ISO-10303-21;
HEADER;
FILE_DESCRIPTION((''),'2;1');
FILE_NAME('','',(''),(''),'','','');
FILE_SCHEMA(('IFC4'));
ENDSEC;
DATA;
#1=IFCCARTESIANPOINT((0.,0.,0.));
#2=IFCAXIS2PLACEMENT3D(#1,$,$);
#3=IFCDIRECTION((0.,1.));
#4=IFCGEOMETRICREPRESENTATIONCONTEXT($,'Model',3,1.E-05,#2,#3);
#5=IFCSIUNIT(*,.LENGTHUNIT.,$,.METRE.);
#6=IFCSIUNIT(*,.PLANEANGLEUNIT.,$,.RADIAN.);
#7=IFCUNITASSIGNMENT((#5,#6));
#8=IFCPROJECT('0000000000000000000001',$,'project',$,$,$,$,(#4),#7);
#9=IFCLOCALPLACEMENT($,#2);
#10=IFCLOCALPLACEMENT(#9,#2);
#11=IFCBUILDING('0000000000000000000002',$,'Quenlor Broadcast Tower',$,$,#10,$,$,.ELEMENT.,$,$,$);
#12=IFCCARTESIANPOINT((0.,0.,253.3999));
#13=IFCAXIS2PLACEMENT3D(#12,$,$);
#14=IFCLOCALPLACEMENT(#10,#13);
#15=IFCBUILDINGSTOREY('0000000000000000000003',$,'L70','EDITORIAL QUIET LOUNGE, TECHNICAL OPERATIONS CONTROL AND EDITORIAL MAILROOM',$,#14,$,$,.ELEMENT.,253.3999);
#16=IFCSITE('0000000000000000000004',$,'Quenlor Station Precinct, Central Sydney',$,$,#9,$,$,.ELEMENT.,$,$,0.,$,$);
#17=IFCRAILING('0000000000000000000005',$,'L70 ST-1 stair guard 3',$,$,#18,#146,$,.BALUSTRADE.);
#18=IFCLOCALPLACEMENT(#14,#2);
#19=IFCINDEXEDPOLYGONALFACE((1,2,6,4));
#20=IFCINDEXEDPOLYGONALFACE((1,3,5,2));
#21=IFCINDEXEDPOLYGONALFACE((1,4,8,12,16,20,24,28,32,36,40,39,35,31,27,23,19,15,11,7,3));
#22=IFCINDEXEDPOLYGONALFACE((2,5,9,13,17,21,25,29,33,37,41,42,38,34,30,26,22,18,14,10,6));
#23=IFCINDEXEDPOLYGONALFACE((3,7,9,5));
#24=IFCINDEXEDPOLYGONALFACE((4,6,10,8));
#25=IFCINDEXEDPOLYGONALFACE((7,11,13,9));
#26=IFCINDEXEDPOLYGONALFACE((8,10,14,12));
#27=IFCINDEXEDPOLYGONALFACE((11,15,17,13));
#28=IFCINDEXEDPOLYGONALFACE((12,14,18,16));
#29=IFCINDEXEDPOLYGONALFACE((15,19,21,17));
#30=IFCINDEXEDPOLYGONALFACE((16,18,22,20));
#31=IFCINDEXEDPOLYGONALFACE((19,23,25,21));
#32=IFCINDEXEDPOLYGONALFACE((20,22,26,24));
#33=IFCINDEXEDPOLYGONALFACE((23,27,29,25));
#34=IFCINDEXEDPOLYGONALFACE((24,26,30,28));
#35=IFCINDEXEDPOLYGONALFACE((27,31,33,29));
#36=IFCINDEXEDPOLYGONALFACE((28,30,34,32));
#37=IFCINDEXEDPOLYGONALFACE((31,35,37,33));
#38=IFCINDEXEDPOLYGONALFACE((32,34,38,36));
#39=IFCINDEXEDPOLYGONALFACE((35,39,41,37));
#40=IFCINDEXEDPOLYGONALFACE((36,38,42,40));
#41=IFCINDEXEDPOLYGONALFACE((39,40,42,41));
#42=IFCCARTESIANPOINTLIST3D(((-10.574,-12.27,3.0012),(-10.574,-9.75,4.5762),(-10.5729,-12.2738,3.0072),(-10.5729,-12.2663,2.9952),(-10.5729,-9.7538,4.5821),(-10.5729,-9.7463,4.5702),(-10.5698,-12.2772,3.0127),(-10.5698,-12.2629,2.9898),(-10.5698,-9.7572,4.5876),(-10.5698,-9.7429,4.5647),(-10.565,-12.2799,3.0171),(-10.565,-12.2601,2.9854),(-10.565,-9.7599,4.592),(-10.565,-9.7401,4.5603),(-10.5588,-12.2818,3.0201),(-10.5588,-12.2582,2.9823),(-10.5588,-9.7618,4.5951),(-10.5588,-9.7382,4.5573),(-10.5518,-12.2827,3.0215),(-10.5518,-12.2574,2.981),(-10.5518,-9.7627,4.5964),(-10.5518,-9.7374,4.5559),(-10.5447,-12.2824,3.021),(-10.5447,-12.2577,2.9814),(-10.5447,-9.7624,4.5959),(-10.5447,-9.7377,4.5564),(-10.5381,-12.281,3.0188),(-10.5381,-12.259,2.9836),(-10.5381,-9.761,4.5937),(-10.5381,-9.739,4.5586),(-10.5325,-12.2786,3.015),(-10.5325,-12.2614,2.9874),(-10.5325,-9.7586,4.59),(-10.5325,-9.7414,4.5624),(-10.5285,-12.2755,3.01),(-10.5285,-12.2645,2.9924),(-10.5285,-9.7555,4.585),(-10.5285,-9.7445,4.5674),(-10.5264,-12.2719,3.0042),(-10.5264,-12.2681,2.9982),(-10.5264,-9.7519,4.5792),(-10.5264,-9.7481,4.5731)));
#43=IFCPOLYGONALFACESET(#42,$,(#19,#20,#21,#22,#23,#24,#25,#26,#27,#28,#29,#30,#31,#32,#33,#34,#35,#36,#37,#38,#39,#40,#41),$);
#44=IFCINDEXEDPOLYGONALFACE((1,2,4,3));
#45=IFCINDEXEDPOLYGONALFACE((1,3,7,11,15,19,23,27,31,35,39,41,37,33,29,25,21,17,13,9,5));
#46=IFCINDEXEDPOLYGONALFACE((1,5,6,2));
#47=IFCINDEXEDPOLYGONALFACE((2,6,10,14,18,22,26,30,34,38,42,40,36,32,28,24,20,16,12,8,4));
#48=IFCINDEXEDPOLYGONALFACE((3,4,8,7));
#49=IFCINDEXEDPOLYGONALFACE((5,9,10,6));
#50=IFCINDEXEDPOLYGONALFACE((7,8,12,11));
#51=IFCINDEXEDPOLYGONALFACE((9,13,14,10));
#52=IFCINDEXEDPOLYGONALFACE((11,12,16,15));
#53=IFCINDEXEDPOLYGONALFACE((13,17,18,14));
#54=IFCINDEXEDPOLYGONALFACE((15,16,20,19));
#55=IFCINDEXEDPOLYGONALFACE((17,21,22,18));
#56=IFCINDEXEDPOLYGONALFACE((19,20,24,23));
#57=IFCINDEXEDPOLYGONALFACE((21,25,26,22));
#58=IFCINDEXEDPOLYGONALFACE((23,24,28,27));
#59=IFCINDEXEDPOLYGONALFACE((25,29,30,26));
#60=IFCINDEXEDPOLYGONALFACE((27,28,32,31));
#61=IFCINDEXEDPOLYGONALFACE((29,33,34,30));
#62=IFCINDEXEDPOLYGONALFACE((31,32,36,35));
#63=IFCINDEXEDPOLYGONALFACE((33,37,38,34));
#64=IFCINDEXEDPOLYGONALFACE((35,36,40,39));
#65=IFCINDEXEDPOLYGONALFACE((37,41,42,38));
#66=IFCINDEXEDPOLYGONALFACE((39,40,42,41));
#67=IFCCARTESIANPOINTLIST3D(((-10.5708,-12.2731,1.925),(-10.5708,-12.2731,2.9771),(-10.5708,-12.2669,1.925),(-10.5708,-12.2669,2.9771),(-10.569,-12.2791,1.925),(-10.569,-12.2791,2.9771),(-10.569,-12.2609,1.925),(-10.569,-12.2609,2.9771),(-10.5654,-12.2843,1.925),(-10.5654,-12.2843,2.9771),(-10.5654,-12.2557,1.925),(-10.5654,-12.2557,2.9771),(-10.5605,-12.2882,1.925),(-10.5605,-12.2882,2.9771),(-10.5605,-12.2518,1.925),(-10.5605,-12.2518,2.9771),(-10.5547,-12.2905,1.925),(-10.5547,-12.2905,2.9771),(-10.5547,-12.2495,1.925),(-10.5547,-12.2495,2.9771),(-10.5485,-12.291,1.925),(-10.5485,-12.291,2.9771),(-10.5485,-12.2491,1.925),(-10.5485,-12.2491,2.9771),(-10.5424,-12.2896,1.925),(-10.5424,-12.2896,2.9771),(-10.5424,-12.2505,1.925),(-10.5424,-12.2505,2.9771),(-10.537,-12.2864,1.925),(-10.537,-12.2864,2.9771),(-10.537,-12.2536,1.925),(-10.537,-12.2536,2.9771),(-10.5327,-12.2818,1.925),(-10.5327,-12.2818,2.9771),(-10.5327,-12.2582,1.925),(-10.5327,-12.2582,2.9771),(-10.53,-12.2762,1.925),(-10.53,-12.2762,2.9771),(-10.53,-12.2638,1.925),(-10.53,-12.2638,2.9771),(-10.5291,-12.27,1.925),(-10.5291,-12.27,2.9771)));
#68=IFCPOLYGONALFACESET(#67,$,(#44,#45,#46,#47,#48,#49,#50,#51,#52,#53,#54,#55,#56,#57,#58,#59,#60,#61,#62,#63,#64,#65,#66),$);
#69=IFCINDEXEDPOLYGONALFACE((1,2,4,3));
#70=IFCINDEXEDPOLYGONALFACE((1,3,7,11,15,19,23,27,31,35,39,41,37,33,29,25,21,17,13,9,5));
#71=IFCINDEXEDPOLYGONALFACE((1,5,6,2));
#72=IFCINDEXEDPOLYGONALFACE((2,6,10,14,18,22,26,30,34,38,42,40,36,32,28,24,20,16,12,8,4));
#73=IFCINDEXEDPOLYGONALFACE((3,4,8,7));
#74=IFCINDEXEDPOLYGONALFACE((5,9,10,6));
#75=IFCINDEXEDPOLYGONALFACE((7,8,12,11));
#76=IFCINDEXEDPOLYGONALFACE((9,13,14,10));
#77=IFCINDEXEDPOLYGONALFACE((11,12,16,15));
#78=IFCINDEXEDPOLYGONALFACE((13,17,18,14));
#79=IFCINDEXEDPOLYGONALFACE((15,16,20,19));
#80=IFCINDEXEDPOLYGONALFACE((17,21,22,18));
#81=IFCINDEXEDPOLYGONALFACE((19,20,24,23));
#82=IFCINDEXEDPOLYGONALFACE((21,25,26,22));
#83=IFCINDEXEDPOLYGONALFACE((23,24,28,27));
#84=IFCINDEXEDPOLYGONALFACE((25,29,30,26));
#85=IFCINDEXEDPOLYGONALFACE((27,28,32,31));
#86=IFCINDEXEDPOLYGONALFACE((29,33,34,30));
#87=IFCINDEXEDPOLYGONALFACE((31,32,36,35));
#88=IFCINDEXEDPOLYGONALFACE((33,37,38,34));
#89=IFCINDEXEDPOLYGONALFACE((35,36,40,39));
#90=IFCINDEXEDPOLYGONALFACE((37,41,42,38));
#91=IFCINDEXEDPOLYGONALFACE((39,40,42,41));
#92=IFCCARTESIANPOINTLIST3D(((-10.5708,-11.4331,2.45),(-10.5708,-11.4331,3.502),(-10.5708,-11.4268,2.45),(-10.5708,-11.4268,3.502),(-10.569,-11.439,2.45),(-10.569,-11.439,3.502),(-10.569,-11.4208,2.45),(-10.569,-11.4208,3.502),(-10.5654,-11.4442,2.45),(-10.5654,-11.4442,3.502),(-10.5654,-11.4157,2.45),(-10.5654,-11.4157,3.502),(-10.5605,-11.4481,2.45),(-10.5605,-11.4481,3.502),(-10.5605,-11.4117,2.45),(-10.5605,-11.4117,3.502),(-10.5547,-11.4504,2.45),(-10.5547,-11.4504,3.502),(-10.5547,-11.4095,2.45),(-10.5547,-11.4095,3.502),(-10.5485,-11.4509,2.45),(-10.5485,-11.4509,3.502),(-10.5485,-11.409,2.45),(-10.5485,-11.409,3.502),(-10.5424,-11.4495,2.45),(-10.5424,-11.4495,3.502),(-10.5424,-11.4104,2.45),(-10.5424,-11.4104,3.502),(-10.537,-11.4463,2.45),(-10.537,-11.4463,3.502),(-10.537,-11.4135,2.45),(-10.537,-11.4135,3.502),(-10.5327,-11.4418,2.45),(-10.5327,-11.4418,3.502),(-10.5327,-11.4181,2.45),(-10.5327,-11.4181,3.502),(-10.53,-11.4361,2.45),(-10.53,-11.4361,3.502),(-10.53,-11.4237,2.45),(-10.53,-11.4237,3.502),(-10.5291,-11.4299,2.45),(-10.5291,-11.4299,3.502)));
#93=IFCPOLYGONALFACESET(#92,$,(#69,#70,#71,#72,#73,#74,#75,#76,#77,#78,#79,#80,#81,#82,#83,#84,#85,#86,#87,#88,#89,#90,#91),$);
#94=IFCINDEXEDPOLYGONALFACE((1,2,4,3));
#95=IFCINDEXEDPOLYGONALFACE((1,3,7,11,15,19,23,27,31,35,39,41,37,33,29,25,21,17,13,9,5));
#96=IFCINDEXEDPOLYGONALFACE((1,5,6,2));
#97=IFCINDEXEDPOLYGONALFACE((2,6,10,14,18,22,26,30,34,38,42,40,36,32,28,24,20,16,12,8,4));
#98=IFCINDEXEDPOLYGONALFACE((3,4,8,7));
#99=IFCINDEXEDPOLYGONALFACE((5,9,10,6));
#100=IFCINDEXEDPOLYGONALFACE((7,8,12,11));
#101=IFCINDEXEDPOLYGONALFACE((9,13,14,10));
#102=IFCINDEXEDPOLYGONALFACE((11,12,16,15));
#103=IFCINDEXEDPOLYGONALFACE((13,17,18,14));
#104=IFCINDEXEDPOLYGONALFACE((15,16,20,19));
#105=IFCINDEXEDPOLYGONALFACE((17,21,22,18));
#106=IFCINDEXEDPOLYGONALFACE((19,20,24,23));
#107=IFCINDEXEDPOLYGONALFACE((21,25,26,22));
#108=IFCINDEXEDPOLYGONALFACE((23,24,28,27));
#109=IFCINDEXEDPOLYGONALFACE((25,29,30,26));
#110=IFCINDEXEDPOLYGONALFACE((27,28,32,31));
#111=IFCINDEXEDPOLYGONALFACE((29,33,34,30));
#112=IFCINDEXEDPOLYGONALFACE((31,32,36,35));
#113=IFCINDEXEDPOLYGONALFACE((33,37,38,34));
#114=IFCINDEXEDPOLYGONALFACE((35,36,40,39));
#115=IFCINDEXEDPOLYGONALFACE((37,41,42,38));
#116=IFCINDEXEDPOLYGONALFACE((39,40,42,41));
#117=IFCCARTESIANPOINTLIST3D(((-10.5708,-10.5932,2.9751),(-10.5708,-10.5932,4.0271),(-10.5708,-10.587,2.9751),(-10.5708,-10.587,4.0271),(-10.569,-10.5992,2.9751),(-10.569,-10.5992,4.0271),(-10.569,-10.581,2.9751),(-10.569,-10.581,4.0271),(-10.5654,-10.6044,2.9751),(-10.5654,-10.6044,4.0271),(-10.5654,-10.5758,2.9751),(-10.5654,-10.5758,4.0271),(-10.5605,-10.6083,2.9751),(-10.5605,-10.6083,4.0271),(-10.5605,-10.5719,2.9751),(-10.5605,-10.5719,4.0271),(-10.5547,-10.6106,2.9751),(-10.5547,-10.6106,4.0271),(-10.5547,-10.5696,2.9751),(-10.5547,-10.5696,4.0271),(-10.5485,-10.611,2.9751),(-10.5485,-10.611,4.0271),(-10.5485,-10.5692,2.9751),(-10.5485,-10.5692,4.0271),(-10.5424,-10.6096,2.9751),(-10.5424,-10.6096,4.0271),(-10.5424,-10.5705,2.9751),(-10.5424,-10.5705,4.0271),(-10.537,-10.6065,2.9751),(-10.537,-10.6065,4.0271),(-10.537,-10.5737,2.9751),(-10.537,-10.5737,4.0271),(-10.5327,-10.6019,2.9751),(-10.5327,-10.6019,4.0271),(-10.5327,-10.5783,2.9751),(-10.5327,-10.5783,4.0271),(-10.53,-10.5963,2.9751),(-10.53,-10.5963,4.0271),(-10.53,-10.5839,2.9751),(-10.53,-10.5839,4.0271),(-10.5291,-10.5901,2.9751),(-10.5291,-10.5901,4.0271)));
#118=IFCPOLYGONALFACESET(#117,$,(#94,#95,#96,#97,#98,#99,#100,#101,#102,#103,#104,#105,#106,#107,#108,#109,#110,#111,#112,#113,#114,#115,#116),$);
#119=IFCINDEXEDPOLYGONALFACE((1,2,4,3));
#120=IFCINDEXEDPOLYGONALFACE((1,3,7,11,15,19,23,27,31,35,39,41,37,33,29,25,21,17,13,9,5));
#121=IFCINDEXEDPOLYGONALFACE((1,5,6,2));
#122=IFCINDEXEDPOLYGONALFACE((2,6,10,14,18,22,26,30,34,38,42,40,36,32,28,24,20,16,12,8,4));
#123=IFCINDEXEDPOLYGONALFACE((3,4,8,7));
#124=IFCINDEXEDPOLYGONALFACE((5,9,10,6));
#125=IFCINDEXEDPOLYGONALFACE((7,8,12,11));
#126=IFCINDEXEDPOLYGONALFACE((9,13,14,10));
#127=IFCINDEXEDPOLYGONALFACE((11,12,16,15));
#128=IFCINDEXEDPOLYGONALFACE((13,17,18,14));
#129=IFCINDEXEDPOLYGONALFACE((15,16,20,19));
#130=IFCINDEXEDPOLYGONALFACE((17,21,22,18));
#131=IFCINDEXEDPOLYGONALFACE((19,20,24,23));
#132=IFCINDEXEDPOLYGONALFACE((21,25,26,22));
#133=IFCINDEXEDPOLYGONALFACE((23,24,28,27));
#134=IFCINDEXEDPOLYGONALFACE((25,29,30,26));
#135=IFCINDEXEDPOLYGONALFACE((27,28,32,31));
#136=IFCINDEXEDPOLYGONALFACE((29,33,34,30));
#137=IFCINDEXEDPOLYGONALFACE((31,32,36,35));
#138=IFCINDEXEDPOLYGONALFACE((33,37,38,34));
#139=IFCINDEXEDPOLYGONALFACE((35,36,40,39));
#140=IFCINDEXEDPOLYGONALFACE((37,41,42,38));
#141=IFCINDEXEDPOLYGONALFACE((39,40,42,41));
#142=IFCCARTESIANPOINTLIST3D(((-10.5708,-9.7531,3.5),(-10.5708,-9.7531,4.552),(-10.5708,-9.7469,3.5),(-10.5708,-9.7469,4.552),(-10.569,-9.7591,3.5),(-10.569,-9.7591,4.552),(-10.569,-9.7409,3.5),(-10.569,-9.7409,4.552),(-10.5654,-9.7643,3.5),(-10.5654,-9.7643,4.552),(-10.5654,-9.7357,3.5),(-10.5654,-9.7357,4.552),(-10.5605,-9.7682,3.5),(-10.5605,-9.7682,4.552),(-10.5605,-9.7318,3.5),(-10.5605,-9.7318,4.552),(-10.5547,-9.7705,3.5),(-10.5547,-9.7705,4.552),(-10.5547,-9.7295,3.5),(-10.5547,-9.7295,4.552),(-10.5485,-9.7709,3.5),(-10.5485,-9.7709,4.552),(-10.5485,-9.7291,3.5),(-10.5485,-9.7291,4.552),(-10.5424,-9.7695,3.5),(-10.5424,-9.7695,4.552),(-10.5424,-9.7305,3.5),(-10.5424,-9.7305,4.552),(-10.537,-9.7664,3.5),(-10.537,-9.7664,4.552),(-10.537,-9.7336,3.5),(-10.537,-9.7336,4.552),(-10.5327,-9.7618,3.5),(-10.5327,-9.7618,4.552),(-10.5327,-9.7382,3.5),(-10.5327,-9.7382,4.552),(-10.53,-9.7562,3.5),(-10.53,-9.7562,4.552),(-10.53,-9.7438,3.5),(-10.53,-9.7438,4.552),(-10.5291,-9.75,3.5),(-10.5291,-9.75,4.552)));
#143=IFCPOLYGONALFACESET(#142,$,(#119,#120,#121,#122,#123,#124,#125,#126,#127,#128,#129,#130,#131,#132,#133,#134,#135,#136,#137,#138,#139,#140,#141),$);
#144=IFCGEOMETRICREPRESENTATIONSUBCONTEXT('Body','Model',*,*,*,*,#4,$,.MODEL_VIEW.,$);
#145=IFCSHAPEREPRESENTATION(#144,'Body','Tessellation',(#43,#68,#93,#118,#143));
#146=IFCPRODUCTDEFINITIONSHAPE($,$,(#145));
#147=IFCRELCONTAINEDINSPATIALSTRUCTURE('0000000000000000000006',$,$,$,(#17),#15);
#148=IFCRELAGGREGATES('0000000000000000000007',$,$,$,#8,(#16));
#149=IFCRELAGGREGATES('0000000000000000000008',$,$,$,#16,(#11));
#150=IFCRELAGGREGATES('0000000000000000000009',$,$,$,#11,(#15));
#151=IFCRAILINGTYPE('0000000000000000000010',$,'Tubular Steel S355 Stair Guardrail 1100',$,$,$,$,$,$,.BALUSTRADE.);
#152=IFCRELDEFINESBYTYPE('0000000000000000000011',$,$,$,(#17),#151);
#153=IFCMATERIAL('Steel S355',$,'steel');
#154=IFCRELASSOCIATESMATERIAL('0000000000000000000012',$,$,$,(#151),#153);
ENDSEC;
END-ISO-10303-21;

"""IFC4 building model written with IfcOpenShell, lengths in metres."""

from ifc_helpers import new_model, si_unit, direction, frame, origin, origin_2d, place, context, subcontext, project, spatial, circle, extrude, material, type_object, element, save


model = new_model("IFC4")

# Units and contexts
model_context = context("Model", 3, precision=1e-05, world=origin(), true_north=direction((0.0, 1.0)))
body_context = subcontext(model_context, "Body", "Model", "MODEL_VIEW")
ifc_project = project(units=[si_unit("LENGTHUNIT", "METRE"), si_unit("PLANEANGLEUNIT", "RADIAN")], contexts=[model_context])

# Site, building, storey
site_placement = place(None, origin())
site = spatial("IfcSite", under=ifc_project, at=site_placement, Name="Quenlor Station Precinct, Central Sydney", CompositionType="ELEMENT", RefElevation=0.0)
building_placement = place(site_placement, origin())
building = spatial("IfcBuilding", under=site, at=building_placement, Name="Quenlor Broadcast Tower", CompositionType="ELEMENT")
storey_placement = place(building_placement, frame((0.0, 0.0, 253.3999)))
storey = spatial("IfcBuildingStorey", under=building, at=storey_placement, Name="L70", Description="EDITORIAL QUIET LOUNGE, TECHNICAL OPERATIONS CONTROL AND EDITORIAL MAILROOM", CompositionType="ELEMENT", Elevation=253.3999)

# Railing
ifc_material_1 = material(Name="Steel S355", Category="steel")
railing_type = type_object("IfcRailingType", Name="Tubular Steel S355 Stair Guardrail 1100", PredefinedType="BALUSTRADE", material=ifc_material_1)
railing_1_placement = place(storey_placement, frame((-10.55, -12.27, 1.925)))
element("IfcRailing", 1, at=railing_1_placement, inside=storey, type_object=railing_type, Name="L70 ST-1 stair guard 3", PredefinedType="BALUSTRADE", context=body_context, shape_type="SweptSolid", body=[
    extrude(circle(Radius=0.0239, at=origin_2d()), frame((0.0, 0.0, 1.0762), z_axis=(0.0, 0.848008, 0.529984), x_axis=(-1.0, 0.0, 0.0)), (0.0, 0.0, 1.0), 2.9717),
    extrude(circle(Radius=0.021, at=origin_2d()), origin(), (0.0, 0.0, 1.0), 1.052),
    extrude(circle(Radius=0.021, at=origin_2d()), frame((0.0, 0.8401, 0.5249)), (0.0, 0.0, 1.0), 1.052),
    extrude(circle(Radius=0.021, at=origin_2d()), frame((0.0, 1.6799, 1.05)), (0.0, 0.0, 1.0), 1.052),
    extrude(circle(Radius=0.021, at=origin_2d()), frame((0.0, 2.52, 1.575)), (0.0, 0.0, 1.0), 1.052),
])

save(model, "model.ifc")
